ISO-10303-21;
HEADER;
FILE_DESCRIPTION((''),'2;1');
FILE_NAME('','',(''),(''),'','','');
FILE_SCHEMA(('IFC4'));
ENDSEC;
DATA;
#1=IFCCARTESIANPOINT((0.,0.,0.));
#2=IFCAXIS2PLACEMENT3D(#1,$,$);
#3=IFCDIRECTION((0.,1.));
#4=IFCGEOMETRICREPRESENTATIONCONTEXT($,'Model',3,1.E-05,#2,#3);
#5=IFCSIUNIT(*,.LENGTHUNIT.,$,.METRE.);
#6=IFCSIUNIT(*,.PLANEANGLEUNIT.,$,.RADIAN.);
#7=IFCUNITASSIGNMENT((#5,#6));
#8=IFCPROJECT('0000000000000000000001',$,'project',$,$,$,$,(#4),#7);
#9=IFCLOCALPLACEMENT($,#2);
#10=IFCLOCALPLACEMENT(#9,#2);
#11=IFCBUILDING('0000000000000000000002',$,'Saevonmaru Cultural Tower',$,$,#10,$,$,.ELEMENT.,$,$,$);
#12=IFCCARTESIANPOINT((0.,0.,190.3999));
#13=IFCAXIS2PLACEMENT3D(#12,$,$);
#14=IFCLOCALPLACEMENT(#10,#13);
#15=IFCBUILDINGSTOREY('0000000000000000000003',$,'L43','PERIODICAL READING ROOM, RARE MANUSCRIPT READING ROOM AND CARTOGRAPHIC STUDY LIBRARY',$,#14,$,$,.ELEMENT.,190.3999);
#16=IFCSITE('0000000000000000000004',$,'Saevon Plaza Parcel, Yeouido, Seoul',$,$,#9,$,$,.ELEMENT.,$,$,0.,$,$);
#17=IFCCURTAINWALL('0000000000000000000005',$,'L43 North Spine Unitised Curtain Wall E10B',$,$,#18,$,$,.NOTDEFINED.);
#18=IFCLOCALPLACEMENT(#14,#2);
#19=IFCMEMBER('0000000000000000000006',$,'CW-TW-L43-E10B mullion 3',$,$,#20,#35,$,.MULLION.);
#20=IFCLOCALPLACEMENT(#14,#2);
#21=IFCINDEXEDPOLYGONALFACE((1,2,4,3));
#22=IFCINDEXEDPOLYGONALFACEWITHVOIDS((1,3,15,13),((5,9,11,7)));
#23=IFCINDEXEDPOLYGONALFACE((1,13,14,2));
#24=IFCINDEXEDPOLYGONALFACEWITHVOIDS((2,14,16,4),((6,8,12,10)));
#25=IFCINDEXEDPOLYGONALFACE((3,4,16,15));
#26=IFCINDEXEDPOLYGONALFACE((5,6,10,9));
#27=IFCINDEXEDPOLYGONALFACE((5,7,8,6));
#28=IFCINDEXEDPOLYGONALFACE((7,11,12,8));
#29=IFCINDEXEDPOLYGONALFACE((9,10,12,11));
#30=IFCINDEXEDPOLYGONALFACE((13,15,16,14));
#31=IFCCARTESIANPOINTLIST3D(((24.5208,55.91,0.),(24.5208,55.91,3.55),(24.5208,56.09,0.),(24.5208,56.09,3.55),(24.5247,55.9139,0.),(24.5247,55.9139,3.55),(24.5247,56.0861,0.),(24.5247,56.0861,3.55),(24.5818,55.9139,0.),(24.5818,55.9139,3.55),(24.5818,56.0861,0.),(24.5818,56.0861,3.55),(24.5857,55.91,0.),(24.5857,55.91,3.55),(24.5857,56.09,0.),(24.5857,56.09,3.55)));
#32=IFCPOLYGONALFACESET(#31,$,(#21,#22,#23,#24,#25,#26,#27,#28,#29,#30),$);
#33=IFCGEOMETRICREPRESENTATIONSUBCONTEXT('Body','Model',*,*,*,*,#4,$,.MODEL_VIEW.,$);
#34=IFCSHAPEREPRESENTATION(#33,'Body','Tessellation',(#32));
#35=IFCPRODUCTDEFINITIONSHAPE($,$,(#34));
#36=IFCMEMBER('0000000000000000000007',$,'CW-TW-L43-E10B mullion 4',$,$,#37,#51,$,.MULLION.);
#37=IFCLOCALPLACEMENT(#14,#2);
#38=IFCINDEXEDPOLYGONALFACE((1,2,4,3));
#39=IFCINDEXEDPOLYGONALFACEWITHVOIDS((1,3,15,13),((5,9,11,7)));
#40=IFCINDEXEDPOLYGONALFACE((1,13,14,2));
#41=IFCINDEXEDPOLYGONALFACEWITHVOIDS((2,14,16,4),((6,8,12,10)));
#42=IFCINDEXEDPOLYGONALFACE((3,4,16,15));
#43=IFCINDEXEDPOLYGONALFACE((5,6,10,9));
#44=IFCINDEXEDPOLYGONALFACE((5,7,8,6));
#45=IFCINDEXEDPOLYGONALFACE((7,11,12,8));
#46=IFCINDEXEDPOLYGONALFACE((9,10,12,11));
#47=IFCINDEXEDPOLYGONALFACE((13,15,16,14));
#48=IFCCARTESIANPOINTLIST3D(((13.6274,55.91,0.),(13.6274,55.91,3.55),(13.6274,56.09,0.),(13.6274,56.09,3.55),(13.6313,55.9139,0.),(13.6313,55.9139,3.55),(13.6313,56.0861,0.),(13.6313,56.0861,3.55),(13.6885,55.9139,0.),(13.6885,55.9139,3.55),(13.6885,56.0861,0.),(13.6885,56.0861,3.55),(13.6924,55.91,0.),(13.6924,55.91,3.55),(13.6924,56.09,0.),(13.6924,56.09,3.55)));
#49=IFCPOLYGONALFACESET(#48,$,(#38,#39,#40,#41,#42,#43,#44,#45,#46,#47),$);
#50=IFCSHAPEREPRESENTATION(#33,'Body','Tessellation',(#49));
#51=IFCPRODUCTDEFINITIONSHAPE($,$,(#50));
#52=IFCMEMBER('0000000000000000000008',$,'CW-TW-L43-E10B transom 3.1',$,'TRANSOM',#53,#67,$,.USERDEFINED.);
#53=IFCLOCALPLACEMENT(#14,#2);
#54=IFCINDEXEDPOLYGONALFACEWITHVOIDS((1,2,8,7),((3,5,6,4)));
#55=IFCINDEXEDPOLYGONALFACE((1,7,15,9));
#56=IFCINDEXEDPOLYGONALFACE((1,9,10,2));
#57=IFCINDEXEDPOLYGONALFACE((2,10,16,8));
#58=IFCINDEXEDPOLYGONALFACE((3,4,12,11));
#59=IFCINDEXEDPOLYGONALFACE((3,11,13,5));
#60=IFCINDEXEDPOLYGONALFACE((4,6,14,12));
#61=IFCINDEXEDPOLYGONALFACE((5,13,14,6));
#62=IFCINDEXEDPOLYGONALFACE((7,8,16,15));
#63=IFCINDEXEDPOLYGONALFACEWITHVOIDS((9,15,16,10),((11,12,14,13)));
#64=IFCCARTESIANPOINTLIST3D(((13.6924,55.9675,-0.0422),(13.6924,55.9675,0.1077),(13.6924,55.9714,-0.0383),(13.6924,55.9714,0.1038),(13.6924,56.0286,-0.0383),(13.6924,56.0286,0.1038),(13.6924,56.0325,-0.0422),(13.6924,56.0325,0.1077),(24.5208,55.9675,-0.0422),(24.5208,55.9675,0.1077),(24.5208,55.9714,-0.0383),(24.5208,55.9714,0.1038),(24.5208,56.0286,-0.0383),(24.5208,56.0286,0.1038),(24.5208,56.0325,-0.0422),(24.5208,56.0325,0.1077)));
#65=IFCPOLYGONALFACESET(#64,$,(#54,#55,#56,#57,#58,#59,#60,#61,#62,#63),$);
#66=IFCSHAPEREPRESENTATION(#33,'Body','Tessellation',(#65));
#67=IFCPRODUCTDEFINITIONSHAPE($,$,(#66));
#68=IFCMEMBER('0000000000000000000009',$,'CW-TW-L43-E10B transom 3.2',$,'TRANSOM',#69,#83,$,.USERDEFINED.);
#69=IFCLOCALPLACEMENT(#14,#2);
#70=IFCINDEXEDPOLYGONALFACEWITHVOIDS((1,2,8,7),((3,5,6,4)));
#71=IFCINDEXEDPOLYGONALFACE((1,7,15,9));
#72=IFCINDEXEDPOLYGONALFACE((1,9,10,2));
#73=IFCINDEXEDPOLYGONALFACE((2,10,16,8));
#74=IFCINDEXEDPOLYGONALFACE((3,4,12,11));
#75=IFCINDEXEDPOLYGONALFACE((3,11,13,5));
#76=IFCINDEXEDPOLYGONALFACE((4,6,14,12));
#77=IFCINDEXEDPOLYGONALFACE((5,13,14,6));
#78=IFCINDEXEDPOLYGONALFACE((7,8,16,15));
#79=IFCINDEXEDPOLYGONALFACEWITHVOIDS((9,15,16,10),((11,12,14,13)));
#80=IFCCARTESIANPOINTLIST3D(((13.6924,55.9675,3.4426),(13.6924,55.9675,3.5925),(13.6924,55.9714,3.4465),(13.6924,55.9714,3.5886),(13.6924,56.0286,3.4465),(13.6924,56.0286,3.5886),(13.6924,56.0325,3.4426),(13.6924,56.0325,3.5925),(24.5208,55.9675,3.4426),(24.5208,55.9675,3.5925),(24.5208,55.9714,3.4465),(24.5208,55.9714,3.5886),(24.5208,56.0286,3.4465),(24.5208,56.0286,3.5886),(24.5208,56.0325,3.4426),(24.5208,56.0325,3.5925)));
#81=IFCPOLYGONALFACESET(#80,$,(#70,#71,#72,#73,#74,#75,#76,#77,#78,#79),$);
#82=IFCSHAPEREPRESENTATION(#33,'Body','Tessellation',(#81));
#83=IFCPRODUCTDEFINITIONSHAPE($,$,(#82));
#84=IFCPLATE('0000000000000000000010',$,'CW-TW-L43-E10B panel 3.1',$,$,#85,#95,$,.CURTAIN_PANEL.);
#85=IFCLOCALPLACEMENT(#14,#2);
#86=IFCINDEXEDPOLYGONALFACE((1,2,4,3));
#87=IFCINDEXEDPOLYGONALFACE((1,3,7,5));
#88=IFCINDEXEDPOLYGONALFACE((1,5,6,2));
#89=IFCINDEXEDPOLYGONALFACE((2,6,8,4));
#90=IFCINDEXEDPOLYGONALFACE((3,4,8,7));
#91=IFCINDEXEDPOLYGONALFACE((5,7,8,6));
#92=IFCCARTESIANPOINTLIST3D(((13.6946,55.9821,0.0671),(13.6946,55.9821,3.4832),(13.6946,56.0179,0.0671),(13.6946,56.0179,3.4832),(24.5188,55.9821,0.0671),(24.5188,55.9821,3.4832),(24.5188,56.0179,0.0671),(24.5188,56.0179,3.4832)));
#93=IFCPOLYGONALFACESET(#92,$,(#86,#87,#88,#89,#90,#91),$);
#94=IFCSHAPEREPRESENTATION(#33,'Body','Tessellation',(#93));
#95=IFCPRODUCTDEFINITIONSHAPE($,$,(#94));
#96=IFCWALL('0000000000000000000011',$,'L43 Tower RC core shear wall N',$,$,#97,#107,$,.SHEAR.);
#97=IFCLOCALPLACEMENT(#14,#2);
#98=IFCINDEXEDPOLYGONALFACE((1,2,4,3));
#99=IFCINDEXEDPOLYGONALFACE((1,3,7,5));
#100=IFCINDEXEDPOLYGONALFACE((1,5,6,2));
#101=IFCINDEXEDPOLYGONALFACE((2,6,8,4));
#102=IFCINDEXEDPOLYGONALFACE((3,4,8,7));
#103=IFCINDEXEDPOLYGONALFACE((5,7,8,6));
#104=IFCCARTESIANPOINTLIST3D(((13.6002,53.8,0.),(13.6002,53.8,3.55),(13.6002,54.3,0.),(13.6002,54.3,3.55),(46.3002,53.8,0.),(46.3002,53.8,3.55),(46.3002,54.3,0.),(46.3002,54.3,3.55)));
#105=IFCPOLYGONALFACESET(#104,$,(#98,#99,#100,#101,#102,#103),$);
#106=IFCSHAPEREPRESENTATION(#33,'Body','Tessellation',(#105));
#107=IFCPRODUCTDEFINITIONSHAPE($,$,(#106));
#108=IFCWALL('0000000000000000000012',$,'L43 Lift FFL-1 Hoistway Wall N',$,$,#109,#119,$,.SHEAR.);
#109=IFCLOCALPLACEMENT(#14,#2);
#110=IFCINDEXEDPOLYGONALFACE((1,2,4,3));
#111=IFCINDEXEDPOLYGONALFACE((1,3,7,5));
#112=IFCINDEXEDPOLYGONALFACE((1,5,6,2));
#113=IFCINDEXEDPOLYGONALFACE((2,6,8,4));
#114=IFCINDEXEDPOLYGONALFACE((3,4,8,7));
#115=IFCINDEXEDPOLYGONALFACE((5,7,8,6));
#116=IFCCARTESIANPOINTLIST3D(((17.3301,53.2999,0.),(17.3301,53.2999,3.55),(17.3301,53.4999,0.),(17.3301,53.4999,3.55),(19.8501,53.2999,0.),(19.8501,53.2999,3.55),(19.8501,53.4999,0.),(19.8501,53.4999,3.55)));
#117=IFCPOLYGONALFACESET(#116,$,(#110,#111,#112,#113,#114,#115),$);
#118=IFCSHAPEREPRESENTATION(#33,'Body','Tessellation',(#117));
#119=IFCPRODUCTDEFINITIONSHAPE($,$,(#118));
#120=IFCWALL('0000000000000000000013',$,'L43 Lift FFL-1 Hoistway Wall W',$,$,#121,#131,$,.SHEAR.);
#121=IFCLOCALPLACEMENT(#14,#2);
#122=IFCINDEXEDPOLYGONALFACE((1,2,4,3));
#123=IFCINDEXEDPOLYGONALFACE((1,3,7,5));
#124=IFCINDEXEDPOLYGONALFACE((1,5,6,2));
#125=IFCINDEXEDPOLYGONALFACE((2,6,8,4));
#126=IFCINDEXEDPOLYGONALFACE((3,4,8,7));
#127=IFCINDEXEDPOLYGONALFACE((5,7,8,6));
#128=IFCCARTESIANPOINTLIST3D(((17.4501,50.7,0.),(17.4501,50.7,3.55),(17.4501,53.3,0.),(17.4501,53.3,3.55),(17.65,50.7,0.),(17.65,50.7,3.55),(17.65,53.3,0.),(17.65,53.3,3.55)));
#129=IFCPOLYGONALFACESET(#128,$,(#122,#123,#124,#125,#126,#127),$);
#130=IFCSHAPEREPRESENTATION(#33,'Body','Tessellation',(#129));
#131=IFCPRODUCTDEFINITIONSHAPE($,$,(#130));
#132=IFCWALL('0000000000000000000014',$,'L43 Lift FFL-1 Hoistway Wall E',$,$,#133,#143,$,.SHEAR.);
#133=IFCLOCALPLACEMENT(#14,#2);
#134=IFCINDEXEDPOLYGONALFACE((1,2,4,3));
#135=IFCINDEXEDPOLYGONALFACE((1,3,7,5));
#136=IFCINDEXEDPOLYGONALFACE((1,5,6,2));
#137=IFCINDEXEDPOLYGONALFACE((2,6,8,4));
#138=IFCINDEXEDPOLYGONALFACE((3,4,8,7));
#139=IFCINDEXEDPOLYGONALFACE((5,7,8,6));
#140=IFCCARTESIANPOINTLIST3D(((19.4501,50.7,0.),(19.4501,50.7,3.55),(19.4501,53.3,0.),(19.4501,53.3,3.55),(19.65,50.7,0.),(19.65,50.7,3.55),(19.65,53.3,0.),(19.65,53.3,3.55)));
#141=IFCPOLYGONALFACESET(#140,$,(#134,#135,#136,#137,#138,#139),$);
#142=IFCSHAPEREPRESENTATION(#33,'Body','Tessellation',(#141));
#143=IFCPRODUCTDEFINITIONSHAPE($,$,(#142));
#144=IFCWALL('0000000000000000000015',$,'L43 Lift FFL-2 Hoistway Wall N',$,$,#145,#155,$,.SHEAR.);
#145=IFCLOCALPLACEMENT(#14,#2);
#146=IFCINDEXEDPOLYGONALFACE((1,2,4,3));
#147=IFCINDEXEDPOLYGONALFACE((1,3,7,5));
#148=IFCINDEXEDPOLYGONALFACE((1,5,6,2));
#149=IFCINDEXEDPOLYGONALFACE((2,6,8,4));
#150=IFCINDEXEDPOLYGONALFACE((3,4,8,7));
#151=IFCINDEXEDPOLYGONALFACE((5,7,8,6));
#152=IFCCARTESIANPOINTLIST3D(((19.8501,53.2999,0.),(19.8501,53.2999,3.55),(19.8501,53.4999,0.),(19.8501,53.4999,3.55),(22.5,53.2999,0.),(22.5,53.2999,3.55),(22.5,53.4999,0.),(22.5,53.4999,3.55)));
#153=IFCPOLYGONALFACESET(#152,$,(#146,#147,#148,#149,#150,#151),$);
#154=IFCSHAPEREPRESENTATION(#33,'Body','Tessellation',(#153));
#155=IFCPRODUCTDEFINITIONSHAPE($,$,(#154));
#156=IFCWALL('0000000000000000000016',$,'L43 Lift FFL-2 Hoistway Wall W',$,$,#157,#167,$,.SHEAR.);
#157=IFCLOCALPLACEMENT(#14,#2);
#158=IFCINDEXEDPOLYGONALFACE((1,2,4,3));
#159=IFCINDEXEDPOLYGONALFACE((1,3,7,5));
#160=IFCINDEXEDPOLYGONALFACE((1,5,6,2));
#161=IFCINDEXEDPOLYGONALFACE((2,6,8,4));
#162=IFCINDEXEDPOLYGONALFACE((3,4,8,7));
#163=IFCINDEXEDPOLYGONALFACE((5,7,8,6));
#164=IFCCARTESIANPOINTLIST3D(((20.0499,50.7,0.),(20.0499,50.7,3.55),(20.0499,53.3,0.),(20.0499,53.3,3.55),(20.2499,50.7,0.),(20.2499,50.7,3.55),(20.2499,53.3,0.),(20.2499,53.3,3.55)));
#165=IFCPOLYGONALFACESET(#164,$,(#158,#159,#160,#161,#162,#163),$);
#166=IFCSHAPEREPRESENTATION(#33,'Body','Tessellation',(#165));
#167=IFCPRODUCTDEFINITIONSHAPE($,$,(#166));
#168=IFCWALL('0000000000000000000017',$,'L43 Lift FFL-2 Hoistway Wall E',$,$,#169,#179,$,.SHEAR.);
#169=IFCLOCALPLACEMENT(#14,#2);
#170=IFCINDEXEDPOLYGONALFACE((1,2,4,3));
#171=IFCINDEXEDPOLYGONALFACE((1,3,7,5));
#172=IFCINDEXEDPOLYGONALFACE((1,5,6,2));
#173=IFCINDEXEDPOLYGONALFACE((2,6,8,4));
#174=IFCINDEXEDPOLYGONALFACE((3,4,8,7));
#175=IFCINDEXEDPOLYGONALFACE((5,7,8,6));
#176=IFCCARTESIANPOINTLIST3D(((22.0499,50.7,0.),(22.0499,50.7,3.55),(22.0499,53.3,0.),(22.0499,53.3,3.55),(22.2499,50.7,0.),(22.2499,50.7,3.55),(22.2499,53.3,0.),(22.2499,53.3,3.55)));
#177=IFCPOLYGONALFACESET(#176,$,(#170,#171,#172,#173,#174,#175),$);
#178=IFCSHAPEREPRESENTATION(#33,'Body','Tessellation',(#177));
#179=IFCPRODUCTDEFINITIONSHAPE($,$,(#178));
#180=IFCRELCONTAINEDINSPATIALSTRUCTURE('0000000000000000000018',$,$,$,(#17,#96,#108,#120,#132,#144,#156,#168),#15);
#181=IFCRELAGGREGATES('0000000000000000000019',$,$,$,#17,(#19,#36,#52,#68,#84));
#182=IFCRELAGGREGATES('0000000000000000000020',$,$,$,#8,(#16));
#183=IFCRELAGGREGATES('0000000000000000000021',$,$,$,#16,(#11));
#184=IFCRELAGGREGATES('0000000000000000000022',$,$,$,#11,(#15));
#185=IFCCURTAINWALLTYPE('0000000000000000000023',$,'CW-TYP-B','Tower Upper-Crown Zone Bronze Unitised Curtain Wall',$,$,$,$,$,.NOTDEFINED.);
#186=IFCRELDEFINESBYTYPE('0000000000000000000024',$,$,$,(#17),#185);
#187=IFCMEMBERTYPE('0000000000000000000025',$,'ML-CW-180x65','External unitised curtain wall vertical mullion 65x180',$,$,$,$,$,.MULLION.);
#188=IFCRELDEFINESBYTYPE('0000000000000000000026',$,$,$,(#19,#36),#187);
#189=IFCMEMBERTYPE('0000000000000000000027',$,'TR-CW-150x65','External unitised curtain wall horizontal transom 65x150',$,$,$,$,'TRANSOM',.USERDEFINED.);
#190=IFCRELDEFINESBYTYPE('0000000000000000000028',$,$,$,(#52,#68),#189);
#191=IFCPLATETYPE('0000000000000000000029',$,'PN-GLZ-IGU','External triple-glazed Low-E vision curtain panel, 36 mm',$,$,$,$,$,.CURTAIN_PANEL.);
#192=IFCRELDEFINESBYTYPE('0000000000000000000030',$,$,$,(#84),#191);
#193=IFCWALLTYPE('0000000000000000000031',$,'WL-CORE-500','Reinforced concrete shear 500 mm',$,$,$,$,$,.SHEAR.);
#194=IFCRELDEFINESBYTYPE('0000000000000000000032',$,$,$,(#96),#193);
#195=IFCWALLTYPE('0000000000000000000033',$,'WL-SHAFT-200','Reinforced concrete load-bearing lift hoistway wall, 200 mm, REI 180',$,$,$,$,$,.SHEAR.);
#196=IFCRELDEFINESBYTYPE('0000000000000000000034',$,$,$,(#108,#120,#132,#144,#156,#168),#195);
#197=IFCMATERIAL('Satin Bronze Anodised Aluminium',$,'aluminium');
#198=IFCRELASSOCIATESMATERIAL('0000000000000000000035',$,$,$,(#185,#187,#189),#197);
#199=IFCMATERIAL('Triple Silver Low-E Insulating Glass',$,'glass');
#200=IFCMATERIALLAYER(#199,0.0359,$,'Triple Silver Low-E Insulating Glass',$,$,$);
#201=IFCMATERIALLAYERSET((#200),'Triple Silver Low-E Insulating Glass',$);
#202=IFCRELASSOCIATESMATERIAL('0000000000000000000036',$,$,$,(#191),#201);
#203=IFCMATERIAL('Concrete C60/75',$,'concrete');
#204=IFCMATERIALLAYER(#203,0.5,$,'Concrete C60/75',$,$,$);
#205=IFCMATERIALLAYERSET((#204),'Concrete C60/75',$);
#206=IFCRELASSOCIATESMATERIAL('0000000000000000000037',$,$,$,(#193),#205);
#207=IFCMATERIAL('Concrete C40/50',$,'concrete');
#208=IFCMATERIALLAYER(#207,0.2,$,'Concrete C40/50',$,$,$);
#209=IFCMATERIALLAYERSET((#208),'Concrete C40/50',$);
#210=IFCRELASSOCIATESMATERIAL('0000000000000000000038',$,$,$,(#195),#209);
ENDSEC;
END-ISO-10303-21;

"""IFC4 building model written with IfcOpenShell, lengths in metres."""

from ifc_helpers import new_model, si_unit, direction, frame, frame_2d, origin, origin_2d, place, context, subcontext, project, spatial, rectangle, hollow_rectangle, extrude, material, layer, layer_set, material_profile, profile_set, type_object, element, aggregate, save


model = new_model("IFC4")

# Units and contexts
model_context = context("Model", 3, precision=1e-05, world=origin(), true_north=direction((0.0, 1.0)))
body_context = subcontext(model_context, "Body", "Model", "MODEL_VIEW")
ifc_project = project(units=[si_unit("LENGTHUNIT", "METRE"), si_unit("PLANEANGLEUNIT", "RADIAN")], contexts=[model_context])

# Site, building, storey
site_placement = place(None, origin())
site = spatial("IfcSite", under=ifc_project, at=site_placement, Name="Saevon Plaza Parcel, Yeouido, Seoul", CompositionType="ELEMENT", RefElevation=0.0)
building_placement = place(site_placement, origin())
building = spatial("IfcBuilding", under=site, at=building_placement, Name="Saevonmaru Cultural Tower", CompositionType="ELEMENT")
storey_placement = place(building_placement, frame((0.0, 0.0, 190.3999)))
storey = spatial("IfcBuildingStorey", under=building, at=storey_placement, Name="L43", Description="PERIODICAL READING ROOM, RARE MANUSCRIPT READING ROOM AND CARTOGRAPHIC STUDY LIBRARY", CompositionType="ELEMENT", Elevation=190.3999)

# Curtain wall, members, plate
ifc_material_1 = material(Name="Satin Bronze Anodised Aluminium", Category="aluminium")
curtain_wall_type = type_object("IfcCurtainWallType", Name="CW-TYP-B", Description="Tower Upper-Crown Zone Bronze Unitised Curtain Wall", PredefinedType="NOTDEFINED", material=ifc_material_1)
curtain_wall_placement = place(storey_placement, origin())
curtain_wall = element("IfcCurtainWall", 1, at=curtain_wall_placement, inside=storey, type_object=curtain_wall_type, Name="L43 North Spine Unitised Curtain Wall E10B", PredefinedType="NOTDEFINED")
ifc_material_profile_1 = material_profile(ifc_material_1, hollow_rectangle(XDim=0.0649, YDim=0.1799, WallThickness=0.0039, at=origin_2d()), Name="ALU-MULL-180x65x4")
ifc_profile_set_1 = profile_set([ifc_material_profile_1], Name="Satin Bronze Anodised Aluminium")
member_type_1 = type_object("IfcMemberType", Name="ML-CW-180x65", Description="External unitised curtain wall vertical mullion 65x180", PredefinedType="MULLION", material=ifc_profile_set_1)
member_1_placement = place(storey_placement, frame((24.5532, 56.0, 0.0), z_axis=(0.0, 0.0, 1.0), x_axis=(-1.0, 0.0, 0.0)))
member_1 = element("IfcMember", 2, at=member_1_placement, type_object=member_type_1, Name="CW-TW-L43-E10B mullion 3", PredefinedType="MULLION", context=body_context, shape_type="SweptSolid", body=[
    extrude(hollow_rectangle(XDim=0.0649, YDim=0.1799, WallThickness=0.0039, at=origin_2d()), origin(), (0.0, 0.0, 1.0), 3.55),
])
member_2_placement = place(storey_placement, frame((13.6599, 56.0, 0.0), z_axis=(0.0, 0.0, 1.0), x_axis=(-1.0, 0.0, 0.0)))
member_2 = element("IfcMember", 3, at=member_2_placement, type_object=member_type_1, Name="CW-TW-L43-E10B mullion 4", PredefinedType="MULLION", context=body_context, shape_type="SweptSolid", body=[
    extrude(hollow_rectangle(XDim=0.0649, YDim=0.1799, WallThickness=0.0039, at=origin_2d()), origin(), (0.0, 0.0, 1.0), 3.55),
])
ifc_material_profile_2 = material_profile(ifc_material_1, hollow_rectangle(XDim=0.0649, YDim=0.1499, WallThickness=0.0039, at=origin_2d()), Name="ALU-TRAN-150x65x4")
ifc_profile_set_2 = profile_set([ifc_material_profile_2], Name="Satin Bronze Anodised Aluminium")
member_type_2 = type_object("IfcMemberType", Name="TR-CW-150x65", Description="External unitised curtain wall horizontal transom 65x150", ElementType="TRANSOM", PredefinedType="USERDEFINED", material=ifc_profile_set_2)
member_3_placement = place(storey_placement, frame((24.5208, 56.0, 0.0327), z_axis=(-1.0, 0.0, 0.0), x_axis=(0.0, -1.0, 0.0)))
member_3 = element("IfcMember", 4, at=member_3_placement, type_object=member_type_2, Name="CW-TW-L43-E10B transom 3.1", ObjectType="TRANSOM", PredefinedType="USERDEFINED", context=body_context, shape_type="SweptSolid", body=[
    extrude(hollow_rectangle(XDim=0.0649, YDim=0.1499, WallThickness=0.0039, at=origin_2d()), origin(), (0.0, 0.0, 1.0), 10.8284),
])
member_4_placement = place(storey_placement, frame((24.5208, 56.0, 3.5176), z_axis=(-1.0, 0.0, 0.0), x_axis=(0.0, -1.0, 0.0)))
member_4 = element("IfcMember", 5, at=member_4_placement, type_object=member_type_2, Name="CW-TW-L43-E10B transom 3.2", ObjectType="TRANSOM", PredefinedType="USERDEFINED", context=body_context, shape_type="SweptSolid", body=[
    extrude(hollow_rectangle(XDim=0.0649, YDim=0.1499, WallThickness=0.0039, at=origin_2d()), origin(), (0.0, 0.0, 1.0), 10.8284),
])
ifc_material_2 = material(Name="Triple Silver Low-E Insulating Glass", Category="glass")
ifc_layer_1 = layer(ifc_material_2, 0.0359, Name="Triple Silver Low-E Insulating Glass")
ifc_layer_set_1 = layer_set([ifc_layer_1], Name="Triple Silver Low-E Insulating Glass")
plate_type = type_object("IfcPlateType", Name="PN-GLZ-IGU", Description="External triple-glazed Low-E vision curtain panel, 36 mm", PredefinedType="CURTAIN_PANEL", material=ifc_layer_set_1)
plate_placement = place(storey_placement, frame((19.1067, 56.0, 0.0671), z_axis=(0.0, 0.0, 1.0), x_axis=(-1.0, 0.0, 0.0)))
plate = element("IfcPlate", 6, at=plate_placement, type_object=plate_type, Name="CW-TW-L43-E10B panel 3.1", PredefinedType="CURTAIN_PANEL", context=body_context, shape_type="SweptSolid", body=[
    extrude(rectangle(XDim=10.8242, YDim=0.0359, at=origin_2d()), origin(), (0.0, 0.0, 1.0), 3.416),
])
aggregate(curtain_wall, [member_1, member_2, member_3, member_4, plate])

# Walls
ifc_material_3 = material(Name="Concrete C60/75", Category="concrete")
ifc_layer_2 = layer(ifc_material_3, 0.5, Name="Concrete C60/75")
ifc_layer_set_2 = layer_set([ifc_layer_2], Name="Concrete C60/75")
wall_type_1 = type_object("IfcWallType", Name="WL-CORE-500", Description="Reinforced concrete shear 500 mm", PredefinedType="SHEAR", material=ifc_layer_set_2)
wall_1_placement = place(storey_placement, frame((13.6001, 54.05, 0.0), z_axis=(0.0, 0.0, 1.0), x_axis=(1.0, 0.0, 0.0)))
element("IfcWall", 7, at=wall_1_placement, inside=storey, type_object=wall_type_1, Name="L43 Tower RC core shear wall N", PredefinedType="SHEAR", context=body_context, shape_type="SweptSolid", body=[
    extrude(rectangle(XDim=32.7, YDim=0.5, at=frame_2d((16.3501, 0.0))), origin(), (0.0, 0.0, 1.0), 3.55),
])
ifc_material_4 = material(Name="Concrete C40/50", Category="concrete")
ifc_layer_3 = layer(ifc_material_4, 0.2, Name="Concrete C40/50")
ifc_layer_set_3 = layer_set([ifc_layer_3], Name="Concrete C40/50")
wall_type_2 = type_object("IfcWallType", Name="WL-SHAFT-200", Description="Reinforced concrete load-bearing lift hoistway wall, 200 mm, REI 180", PredefinedType="SHEAR", material=ifc_layer_set_3)
wall_2_placement = place(storey_placement, frame((17.3301, 53.3999, 0.0), z_axis=(0.0, 0.0, 1.0), x_axis=(1.0, 0.0, 0.0)))
element("IfcWall", 8, at=wall_2_placement, inside=storey, type_object=wall_type_2, Name="L43 Lift FFL-1 Hoistway Wall N", PredefinedType="SHEAR", context=body_context, shape_type="SweptSolid", body=[
    extrude(rectangle(XDim=2.52, YDim=0.2, at=frame_2d((1.26, 0.0))), origin(), (0.0, 0.0, 1.0), 3.55),
])
for number, where, z_axis, x_axis, name in (
    (9, (17.55, 50.7, 0.0), (0.0, 0.0, 1.0), (0.0, 1.0, 0.0), "L43 Lift FFL-1 Hoistway Wall W"),
    (10, (19.55, 50.7, 0.0), (0.0, 0.0, 1.0), (0.0, 1.0, 0.0), "L43 Lift FFL-1 Hoistway Wall E"),
):
    element("IfcWall", number, at=place(storey_placement, frame(where, z_axis=z_axis, x_axis=x_axis)), inside=storey, type_object=wall_type_2, Name=name, PredefinedType="SHEAR", context=body_context, shape_type="SweptSolid", body=[
        extrude(rectangle(XDim=2.6001, YDim=0.2, at=frame_2d((1.3, 0.0))), origin(), (0.0, 0.0, 1.0), 3.55),
    ])
wall_3_placement = place(storey_placement, frame((19.8501, 53.3999, 0.0), z_axis=(0.0, 0.0, 1.0), x_axis=(1.0, 0.0, 0.0)))
element("IfcWall", 11, at=wall_3_placement, inside=storey, type_object=wall_type_2, Name="L43 Lift FFL-2 Hoistway Wall N", PredefinedType="SHEAR", context=body_context, shape_type="SweptSolid", body=[
    extrude(rectangle(XDim=2.6499, YDim=0.2, at=frame_2d((1.325, 0.0))), origin(), (0.0, 0.0, 1.0), 3.55),
])
for number, where, z_axis, x_axis, name in (
    (12, (20.1499, 50.7, 0.0), (0.0, 0.0, 1.0), (0.0, 1.0, 0.0), "L43 Lift FFL-2 Hoistway Wall W"),
    (13, (22.1499, 50.7, 0.0), (0.0, 0.0, 1.0), (0.0, 1.0, 0.0), "L43 Lift FFL-2 Hoistway Wall E"),
):
    element("IfcWall", number, at=place(storey_placement, frame(where, z_axis=z_axis, x_axis=x_axis)), inside=storey, type_object=wall_type_2, Name=name, PredefinedType="SHEAR", context=body_context, shape_type="SweptSolid", body=[
        extrude(rectangle(XDim=2.6001, YDim=0.2, at=frame_2d((1.3, 0.0))), origin(), (0.0, 0.0, 1.0), 3.55),
    ])

save(model, "model.ifc")
